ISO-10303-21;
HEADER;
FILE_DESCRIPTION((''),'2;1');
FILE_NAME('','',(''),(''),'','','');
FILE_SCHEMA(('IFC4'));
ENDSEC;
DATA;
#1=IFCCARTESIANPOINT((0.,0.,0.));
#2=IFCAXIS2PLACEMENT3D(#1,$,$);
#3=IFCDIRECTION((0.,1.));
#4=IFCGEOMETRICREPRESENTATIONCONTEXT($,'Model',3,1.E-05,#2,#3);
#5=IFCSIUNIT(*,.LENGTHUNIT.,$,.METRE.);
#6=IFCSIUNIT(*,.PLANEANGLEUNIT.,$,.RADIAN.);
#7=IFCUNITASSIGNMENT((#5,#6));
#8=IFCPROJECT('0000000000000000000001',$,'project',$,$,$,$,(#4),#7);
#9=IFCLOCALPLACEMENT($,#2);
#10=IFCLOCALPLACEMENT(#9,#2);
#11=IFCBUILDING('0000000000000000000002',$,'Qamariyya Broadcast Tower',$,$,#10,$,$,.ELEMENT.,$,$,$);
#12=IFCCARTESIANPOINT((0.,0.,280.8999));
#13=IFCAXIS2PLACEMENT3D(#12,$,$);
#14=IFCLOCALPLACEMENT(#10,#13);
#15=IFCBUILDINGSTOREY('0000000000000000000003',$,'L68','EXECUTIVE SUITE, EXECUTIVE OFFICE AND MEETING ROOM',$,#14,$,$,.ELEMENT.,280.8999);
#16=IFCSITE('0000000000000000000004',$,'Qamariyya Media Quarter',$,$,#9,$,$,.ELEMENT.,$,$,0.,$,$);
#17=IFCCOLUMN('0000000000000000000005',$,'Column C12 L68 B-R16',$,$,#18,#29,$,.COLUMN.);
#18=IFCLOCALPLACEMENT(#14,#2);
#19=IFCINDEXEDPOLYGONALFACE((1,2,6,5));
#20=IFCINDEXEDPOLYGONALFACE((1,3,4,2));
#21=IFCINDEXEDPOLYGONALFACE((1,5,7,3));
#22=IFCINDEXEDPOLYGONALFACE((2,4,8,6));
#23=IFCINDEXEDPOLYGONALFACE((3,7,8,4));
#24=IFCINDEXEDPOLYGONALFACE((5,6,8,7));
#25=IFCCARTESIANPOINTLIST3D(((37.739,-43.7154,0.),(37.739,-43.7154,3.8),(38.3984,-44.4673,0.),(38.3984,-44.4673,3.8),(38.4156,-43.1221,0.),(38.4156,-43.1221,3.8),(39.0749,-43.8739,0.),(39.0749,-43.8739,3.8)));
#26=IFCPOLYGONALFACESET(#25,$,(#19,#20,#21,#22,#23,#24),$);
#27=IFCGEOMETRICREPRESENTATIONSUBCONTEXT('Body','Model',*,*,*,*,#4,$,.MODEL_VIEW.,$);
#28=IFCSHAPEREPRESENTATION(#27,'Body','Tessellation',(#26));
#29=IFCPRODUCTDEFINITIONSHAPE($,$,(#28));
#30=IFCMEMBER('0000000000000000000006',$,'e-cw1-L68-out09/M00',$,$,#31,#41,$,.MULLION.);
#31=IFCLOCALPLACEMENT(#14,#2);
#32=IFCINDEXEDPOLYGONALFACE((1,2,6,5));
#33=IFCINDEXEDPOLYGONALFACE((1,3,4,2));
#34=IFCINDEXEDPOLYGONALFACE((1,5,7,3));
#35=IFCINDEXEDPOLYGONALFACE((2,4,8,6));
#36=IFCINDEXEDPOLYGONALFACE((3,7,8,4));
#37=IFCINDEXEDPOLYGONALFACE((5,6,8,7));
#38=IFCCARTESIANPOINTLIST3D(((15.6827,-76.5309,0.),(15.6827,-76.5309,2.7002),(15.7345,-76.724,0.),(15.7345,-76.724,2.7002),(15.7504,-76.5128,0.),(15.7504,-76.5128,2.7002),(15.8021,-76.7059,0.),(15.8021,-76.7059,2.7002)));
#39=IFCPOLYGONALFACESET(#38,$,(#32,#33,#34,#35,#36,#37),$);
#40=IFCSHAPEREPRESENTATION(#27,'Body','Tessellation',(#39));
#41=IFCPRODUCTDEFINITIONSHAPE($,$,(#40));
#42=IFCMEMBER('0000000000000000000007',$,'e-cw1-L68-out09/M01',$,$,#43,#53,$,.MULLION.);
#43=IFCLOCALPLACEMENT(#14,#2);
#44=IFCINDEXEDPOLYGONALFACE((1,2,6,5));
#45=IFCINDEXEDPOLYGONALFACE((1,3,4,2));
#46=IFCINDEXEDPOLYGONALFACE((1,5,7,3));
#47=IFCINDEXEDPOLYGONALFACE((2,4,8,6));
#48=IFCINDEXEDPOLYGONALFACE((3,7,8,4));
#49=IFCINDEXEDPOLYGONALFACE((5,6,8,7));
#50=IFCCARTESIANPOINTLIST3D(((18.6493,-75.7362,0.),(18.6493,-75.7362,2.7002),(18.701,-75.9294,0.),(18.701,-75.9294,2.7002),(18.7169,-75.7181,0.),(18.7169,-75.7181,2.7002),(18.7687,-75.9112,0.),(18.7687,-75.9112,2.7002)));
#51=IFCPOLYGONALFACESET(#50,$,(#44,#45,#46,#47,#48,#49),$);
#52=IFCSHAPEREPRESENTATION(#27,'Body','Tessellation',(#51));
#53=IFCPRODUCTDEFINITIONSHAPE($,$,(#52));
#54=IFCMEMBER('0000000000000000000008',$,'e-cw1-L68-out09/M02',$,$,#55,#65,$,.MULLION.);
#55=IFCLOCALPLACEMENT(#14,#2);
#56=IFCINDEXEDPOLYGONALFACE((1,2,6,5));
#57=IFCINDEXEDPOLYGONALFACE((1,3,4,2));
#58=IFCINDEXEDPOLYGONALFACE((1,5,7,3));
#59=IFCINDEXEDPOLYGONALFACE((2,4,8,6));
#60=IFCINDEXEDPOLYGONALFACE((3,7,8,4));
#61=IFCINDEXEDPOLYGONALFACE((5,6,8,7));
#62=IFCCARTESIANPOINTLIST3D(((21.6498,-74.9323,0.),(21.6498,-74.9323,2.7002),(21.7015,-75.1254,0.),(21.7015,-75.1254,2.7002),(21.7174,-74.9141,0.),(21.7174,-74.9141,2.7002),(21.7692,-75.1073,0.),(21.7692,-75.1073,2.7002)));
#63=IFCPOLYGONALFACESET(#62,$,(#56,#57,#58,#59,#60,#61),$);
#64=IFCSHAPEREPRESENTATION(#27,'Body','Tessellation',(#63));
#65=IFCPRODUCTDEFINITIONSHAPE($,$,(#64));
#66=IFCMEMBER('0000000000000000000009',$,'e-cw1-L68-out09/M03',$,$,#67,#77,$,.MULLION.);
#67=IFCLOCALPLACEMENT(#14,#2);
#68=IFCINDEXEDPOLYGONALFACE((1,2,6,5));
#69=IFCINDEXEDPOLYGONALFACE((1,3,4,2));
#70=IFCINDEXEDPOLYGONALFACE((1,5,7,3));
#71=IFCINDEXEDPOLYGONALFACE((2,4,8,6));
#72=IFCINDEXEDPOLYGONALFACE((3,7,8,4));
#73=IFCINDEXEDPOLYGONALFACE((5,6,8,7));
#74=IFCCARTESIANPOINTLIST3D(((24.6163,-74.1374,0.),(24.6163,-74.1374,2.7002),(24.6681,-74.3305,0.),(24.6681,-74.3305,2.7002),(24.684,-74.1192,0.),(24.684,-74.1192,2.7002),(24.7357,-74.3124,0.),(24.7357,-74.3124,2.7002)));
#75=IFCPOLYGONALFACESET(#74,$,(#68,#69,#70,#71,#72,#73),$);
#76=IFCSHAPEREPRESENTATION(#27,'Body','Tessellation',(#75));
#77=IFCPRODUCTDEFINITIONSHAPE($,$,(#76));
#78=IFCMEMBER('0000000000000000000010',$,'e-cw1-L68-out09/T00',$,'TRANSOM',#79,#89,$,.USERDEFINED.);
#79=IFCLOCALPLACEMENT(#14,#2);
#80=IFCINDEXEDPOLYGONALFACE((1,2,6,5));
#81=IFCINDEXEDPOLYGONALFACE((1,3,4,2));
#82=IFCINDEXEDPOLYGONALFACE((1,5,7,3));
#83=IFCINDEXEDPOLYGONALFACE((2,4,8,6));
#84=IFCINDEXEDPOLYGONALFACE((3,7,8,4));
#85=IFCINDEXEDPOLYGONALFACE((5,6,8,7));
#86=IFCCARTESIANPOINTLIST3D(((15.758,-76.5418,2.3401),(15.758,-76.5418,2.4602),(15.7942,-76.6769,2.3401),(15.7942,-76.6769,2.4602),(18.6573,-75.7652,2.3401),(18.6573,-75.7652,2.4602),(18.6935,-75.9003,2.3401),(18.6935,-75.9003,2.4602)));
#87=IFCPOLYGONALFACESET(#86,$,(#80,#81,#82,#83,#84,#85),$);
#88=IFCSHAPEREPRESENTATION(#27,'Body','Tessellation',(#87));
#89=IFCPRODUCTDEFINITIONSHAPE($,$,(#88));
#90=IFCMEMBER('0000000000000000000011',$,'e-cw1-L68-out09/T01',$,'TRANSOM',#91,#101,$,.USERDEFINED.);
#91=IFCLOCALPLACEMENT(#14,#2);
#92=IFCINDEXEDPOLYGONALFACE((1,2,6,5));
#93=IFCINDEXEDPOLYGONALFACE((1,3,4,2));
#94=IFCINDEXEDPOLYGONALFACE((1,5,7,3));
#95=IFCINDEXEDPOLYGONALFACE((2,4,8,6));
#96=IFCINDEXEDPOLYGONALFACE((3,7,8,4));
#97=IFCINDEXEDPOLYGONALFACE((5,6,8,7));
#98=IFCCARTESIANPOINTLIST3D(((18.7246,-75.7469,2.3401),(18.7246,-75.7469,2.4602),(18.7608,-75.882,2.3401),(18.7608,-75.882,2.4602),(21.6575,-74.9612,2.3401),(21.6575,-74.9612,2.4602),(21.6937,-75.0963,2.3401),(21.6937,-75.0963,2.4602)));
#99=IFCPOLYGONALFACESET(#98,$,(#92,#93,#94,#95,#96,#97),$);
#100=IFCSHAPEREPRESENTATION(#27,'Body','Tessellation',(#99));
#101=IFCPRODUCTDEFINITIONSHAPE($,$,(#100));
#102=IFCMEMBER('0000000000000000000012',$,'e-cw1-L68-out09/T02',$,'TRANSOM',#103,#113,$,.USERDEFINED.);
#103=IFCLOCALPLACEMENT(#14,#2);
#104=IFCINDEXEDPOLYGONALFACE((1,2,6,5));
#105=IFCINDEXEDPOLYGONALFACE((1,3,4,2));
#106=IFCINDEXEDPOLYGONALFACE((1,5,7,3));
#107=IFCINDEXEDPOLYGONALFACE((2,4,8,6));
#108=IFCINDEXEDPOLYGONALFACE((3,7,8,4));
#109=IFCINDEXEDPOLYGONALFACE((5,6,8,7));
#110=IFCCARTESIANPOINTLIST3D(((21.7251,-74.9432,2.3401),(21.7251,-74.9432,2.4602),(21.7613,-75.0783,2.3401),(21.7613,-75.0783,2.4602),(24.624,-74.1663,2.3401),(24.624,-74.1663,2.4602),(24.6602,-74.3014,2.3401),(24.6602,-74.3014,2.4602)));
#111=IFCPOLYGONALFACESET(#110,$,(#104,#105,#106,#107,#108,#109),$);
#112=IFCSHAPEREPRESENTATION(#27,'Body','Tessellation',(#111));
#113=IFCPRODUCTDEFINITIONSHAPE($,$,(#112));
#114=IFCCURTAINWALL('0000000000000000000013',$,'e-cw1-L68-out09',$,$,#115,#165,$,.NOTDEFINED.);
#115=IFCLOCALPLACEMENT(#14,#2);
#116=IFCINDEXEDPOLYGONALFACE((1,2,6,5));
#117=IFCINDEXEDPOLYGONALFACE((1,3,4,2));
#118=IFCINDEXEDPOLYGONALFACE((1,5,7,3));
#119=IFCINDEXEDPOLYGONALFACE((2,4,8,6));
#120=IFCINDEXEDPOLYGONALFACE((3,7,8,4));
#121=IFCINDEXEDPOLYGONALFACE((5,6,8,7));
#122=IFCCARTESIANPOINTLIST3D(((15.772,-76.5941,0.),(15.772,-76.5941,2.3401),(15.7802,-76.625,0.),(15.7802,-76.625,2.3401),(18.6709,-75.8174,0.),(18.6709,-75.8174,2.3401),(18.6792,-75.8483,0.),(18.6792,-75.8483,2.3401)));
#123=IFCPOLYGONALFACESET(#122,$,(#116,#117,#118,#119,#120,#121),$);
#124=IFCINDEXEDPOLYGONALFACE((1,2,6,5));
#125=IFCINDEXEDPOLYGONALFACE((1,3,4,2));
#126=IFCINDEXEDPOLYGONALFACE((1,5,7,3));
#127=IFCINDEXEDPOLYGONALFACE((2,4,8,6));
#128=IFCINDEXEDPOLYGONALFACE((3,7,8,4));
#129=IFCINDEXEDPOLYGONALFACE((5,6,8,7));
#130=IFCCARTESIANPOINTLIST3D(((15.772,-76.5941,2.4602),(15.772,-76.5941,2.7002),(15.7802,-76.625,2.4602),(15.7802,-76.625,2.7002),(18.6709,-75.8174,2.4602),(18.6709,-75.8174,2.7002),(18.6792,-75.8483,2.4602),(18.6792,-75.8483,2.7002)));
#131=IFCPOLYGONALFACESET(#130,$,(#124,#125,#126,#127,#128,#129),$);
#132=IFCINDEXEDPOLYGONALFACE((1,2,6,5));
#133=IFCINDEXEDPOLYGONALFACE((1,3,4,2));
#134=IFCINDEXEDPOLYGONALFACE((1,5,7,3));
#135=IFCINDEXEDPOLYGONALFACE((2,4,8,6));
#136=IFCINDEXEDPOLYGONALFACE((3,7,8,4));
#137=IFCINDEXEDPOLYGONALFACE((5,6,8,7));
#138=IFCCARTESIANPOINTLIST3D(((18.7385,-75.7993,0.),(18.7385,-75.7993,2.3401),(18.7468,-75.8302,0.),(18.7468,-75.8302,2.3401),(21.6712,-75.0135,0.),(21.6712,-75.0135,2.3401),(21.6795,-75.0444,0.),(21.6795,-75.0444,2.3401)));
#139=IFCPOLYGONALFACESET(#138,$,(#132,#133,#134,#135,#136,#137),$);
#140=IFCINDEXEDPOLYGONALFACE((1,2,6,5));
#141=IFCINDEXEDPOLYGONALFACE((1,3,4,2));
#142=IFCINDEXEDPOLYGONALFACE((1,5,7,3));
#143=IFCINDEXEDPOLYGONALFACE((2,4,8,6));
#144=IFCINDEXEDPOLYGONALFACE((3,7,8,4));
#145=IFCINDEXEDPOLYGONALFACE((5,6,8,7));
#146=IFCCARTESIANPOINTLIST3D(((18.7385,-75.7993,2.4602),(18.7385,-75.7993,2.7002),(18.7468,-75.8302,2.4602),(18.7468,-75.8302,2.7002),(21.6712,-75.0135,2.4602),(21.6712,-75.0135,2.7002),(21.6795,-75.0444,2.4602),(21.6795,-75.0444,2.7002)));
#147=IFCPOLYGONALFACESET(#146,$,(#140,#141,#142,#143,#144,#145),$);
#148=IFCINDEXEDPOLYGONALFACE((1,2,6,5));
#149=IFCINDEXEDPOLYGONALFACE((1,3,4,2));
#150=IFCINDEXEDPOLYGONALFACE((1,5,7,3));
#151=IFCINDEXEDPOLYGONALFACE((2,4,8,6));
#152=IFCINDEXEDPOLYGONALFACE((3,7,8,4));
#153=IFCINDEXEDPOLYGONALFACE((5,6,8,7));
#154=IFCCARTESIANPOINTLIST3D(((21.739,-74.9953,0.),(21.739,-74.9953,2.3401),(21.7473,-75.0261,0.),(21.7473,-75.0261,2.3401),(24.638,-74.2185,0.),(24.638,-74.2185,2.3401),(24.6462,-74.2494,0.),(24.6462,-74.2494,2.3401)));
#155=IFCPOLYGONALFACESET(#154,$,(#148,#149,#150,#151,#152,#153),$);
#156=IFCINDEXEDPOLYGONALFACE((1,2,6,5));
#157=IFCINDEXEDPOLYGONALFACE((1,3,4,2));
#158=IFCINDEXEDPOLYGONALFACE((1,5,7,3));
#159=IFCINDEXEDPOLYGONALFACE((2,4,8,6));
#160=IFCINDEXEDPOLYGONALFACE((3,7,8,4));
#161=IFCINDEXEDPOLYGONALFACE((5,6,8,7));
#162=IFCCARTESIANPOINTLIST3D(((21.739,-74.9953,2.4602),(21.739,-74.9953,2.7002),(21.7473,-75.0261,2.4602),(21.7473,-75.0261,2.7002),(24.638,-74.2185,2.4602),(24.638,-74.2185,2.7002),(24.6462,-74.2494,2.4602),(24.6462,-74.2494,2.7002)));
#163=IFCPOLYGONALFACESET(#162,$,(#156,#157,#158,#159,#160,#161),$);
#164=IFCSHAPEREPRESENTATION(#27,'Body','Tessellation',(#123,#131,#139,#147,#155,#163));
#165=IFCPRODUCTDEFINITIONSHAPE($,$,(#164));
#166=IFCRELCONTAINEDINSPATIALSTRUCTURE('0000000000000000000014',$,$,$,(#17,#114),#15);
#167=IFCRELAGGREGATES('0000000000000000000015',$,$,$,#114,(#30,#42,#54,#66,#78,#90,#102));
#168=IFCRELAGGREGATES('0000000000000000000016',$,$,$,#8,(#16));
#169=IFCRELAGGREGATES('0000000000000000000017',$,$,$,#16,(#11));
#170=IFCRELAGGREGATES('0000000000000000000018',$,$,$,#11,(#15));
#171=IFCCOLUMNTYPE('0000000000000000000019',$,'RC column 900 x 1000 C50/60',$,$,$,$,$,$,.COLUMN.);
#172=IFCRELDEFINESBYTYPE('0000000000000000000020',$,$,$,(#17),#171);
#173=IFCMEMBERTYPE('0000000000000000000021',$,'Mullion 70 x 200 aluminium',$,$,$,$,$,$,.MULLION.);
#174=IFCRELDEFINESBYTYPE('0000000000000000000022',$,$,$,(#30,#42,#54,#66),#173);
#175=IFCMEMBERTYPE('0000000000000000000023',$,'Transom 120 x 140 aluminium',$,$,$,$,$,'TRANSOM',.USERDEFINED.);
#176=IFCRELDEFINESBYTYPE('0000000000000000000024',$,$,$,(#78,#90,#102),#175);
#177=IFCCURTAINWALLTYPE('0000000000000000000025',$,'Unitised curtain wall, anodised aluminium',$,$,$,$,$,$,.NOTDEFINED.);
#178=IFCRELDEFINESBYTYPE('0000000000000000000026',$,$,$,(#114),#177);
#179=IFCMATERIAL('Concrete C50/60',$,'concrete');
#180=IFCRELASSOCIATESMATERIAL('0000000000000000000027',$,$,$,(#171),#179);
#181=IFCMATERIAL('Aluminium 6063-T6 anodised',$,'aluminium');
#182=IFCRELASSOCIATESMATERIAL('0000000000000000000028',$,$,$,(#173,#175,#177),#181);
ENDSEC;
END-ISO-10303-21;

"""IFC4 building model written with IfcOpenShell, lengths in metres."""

from ifc_helpers import new_model, si_unit, direction, frame, origin, origin_2d, place, context, subcontext, project, spatial, rectangle, extrude, material, material_profile, profile_set, type_object, element, aggregate, save


model = new_model("IFC4")

# Units and contexts
model_context = context("Model", 3, precision=1e-05, world=origin(), true_north=direction((0.0, 1.0)))
body_context = subcontext(model_context, "Body", "Model", "MODEL_VIEW")
ifc_project = project(units=[si_unit("LENGTHUNIT", "METRE"), si_unit("PLANEANGLEUNIT", "RADIAN")], contexts=[model_context])

# Site, building, storey
site_placement = place(None, origin())
site = spatial("IfcSite", under=ifc_project, at=site_placement, Name="Qamariyya Media Quarter", CompositionType="ELEMENT", RefElevation=0.0)
building_placement = place(site_placement, origin())
building = spatial("IfcBuilding", under=site, at=building_placement, Name="Qamariyya Broadcast Tower", CompositionType="ELEMENT")
storey_placement = place(building_placement, frame((0.0, 0.0, 280.8999)))
storey = spatial("IfcBuildingStorey", under=building, at=storey_placement, Name="L68", Description="EXECUTIVE SUITE, EXECUTIVE OFFICE AND MEETING ROOM", CompositionType="ELEMENT", Elevation=280.8999)

# Column
ifc_material_1 = material(Name="Concrete C50/60", Category="concrete")
ifc_material_profile_1 = material_profile(ifc_material_1, rectangle(XDim=0.8999, YDim=1.0, at=origin_2d()))
ifc_profile_set_1 = profile_set([ifc_material_profile_1], Name="Concrete C50/60")
column_type = type_object("IfcColumnType", Name="RC column 900 x 1000 C50/60", PredefinedType="COLUMN", material=ifc_profile_set_1)
column_placement = place(storey_placement, frame((38.407, -43.7947, 0.0), z_axis=(0.0, 0.0, 1.0), x_axis=(0.75184, 0.659346, 0.0)))
element("IfcColumn", 1, at=column_placement, inside=storey, type_object=column_type, Name="Column C12 L68 B-R16", PredefinedType="COLUMN", context=body_context, shape_type="SweptSolid", body=[
    extrude(rectangle(XDim=0.8999, YDim=1.0, at=origin_2d()), origin(), (0.0, 0.0, 1.0), 3.8),
])

# Members
ifc_material_2 = material(Name="Aluminium 6063-T6 anodised", Category="aluminium")
ifc_material_profile_2 = material_profile(ifc_material_2, rectangle(XDim=0.2, YDim=0.0701, at=origin_2d()))
ifc_profile_set_2 = profile_set([ifc_material_profile_2], Name="Aluminium 6063-T6 anodised")
member_type_1 = type_object("IfcMemberType", Name="Mullion 70 x 200 aluminium", PredefinedType="MULLION", material=ifc_profile_set_2)
member_1_placement = place(storey_placement, frame((15.7424, -76.6184, 0.0), z_axis=(0.0, 0.0, 1.0), x_axis=(-0.258819, 0.965926, 0.0)))
member_1 = element("IfcMember", 2, at=member_1_placement, type_object=member_type_1, Name="e-cw1-L68-out09/M00", PredefinedType="MULLION", context=body_context, shape_type="SweptSolid", body=[
    extrude(rectangle(XDim=0.2, YDim=0.0701, at=origin_2d()), origin(), (0.0, 0.0, 1.0), 2.7002),
])
member_2_placement = place(storey_placement, frame((18.709, -75.8237, 0.0), z_axis=(0.0, 0.0, 1.0), x_axis=(-0.258819, 0.965926, 0.0)))
member_2 = element("IfcMember", 3, at=member_2_placement, type_object=member_type_1, Name="e-cw1-L68-out09/M01", PredefinedType="MULLION", context=body_context, shape_type="SweptSolid", body=[
    extrude(rectangle(XDim=0.2, YDim=0.0701, at=origin_2d()), origin(), (0.0, 0.0, 1.0), 2.7002),
])
member_3_placement = place(storey_placement, frame((21.7095, -75.0198, 0.0), z_axis=(0.0, 0.0, 1.0), x_axis=(-0.258819, 0.965926, 0.0)))
member_3 = element("IfcMember", 4, at=member_3_placement, type_object=member_type_1, Name="e-cw1-L68-out09/M02", PredefinedType="MULLION", context=body_context, shape_type="SweptSolid", body=[
    extrude(rectangle(XDim=0.2, YDim=0.0701, at=origin_2d()), origin(), (0.0, 0.0, 1.0), 2.7002),
])
member_4_placement = place(storey_placement, frame((24.676, -74.2249, 0.0), z_axis=(0.0, 0.0, 1.0), x_axis=(-0.258819, 0.965926, 0.0)))
member_4 = element("IfcMember", 5, at=member_4_placement, type_object=member_type_1, Name="e-cw1-L68-out09/M03", PredefinedType="MULLION", context=body_context, shape_type="SweptSolid", body=[
    extrude(rectangle(XDim=0.2, YDim=0.0701, at=origin_2d()), origin(), (0.0, 0.0, 1.0), 2.7002),
])
ifc_material_profile_3 = material_profile(ifc_material_2, rectangle(XDim=0.1399, YDim=0.1201, at=origin_2d()))
ifc_profile_set_3 = profile_set([ifc_material_profile_3], Name="Aluminium 6063-T6 anodised")
member_type_2 = type_object("IfcMemberType", Name="Transom 120 x 140 aluminium", ElementType="TRANSOM", PredefinedType="USERDEFINED", material=ifc_profile_set_3)
member_5_placement = place(storey_placement, frame((15.7761, -76.6094, 2.4001), z_axis=(0.965944, 0.258751, 0.0), x_axis=(-0.258751, 0.965944, 0.0)))
member_5 = element("IfcMember", 6, at=member_5_placement, type_object=member_type_2, Name="e-cw1-L68-out09/T00", ObjectType="TRANSOM", PredefinedType="USERDEFINED", context=body_context, shape_type="SweptSolid", body=[
    extrude(rectangle(XDim=0.1399, YDim=0.1201, at=origin_2d()), origin(), (0.0, 0.0, 1.0), 3.0015),
])
member_6_placement = place(storey_placement, frame((18.7427, -75.8145, 2.4001), z_axis=(0.965943, 0.258754, 0.0), x_axis=(-0.258754, 0.965943, 0.0)))
member_6 = element("IfcMember", 7, at=member_6_placement, type_object=member_type_2, Name="e-cw1-L68-out09/T01", ObjectType="TRANSOM", PredefinedType="USERDEFINED", context=body_context, shape_type="SweptSolid", body=[
    extrude(rectangle(XDim=0.1399, YDim=0.1201, at=origin_2d()), origin(), (0.0, 0.0, 1.0), 3.0364),
])
member_7_placement = place(storey_placement, frame((21.7432, -75.0107, 2.4001), z_axis=(0.965918, 0.258847, 0.0), x_axis=(-0.258847, 0.965918, 0.0)))
member_7 = element("IfcMember", 8, at=member_7_placement, type_object=member_type_2, Name="e-cw1-L68-out09/T02", ObjectType="TRANSOM", PredefinedType="USERDEFINED", context=body_context, shape_type="SweptSolid", body=[
    extrude(rectangle(XDim=0.1399, YDim=0.1201, at=origin_2d()), origin(), (0.0, 0.0, 1.0), 3.0012),
])

# Curtain wall
curtain_wall_type = type_object("IfcCurtainWallType", Name="Unitised curtain wall, anodised aluminium", PredefinedType="NOTDEFINED", material=ifc_material_2)
curtain_wall_placement = place(storey_placement, origin())
curtain_wall = element("IfcCurtainWall", 9, at=curtain_wall_placement, inside=storey, type_object=curtain_wall_type, Name="e-cw1-L68-out09", PredefinedType="NOTDEFINED", context=body_context, shape_type="SweptSolid", body=[
    extrude(rectangle(XDim=3.0012, YDim=0.032, at=origin_2d()), frame((17.2256, -76.2212, 0.0), x_axis=(0.965926, 0.258819, 0.0)), (0.0, 0.0, 1.0), 2.3401),
    extrude(rectangle(XDim=3.0012, YDim=0.032, at=origin_2d()), frame((17.2256, -76.2212, 2.4602), x_axis=(0.965926, 0.258819, 0.0)), (0.0, 0.0, 1.0), 0.24),
    extrude(rectangle(XDim=3.0361, YDim=0.032, at=origin_2d()), frame((20.209, -75.4219, 0.0), x_axis=(0.965926, 0.258819, 0.0)), (0.0, 0.0, 1.0), 2.3401),
    extrude(rectangle(XDim=3.0361, YDim=0.032, at=origin_2d()), frame((20.209, -75.4219, 2.4602), x_axis=(0.965926, 0.258819, 0.0)), (0.0, 0.0, 1.0), 0.24),
    extrude(rectangle(XDim=3.0012, YDim=0.032, at=origin_2d()), frame((23.1926, -74.6223, 0.0), x_axis=(0.965926, 0.258819, 0.0)), (0.0, 0.0, 1.0), 2.3401),
    extrude(rectangle(XDim=3.0012, YDim=0.032, at=origin_2d()), frame((23.1926, -74.6223, 2.4602), x_axis=(0.965926, 0.258819, 0.0)), (0.0, 0.0, 1.0), 0.24),
])
aggregate(curtain_wall, [member_1, member_2, member_3, member_4, member_5, member_6, member_7])

save(model, "model.ifc")
